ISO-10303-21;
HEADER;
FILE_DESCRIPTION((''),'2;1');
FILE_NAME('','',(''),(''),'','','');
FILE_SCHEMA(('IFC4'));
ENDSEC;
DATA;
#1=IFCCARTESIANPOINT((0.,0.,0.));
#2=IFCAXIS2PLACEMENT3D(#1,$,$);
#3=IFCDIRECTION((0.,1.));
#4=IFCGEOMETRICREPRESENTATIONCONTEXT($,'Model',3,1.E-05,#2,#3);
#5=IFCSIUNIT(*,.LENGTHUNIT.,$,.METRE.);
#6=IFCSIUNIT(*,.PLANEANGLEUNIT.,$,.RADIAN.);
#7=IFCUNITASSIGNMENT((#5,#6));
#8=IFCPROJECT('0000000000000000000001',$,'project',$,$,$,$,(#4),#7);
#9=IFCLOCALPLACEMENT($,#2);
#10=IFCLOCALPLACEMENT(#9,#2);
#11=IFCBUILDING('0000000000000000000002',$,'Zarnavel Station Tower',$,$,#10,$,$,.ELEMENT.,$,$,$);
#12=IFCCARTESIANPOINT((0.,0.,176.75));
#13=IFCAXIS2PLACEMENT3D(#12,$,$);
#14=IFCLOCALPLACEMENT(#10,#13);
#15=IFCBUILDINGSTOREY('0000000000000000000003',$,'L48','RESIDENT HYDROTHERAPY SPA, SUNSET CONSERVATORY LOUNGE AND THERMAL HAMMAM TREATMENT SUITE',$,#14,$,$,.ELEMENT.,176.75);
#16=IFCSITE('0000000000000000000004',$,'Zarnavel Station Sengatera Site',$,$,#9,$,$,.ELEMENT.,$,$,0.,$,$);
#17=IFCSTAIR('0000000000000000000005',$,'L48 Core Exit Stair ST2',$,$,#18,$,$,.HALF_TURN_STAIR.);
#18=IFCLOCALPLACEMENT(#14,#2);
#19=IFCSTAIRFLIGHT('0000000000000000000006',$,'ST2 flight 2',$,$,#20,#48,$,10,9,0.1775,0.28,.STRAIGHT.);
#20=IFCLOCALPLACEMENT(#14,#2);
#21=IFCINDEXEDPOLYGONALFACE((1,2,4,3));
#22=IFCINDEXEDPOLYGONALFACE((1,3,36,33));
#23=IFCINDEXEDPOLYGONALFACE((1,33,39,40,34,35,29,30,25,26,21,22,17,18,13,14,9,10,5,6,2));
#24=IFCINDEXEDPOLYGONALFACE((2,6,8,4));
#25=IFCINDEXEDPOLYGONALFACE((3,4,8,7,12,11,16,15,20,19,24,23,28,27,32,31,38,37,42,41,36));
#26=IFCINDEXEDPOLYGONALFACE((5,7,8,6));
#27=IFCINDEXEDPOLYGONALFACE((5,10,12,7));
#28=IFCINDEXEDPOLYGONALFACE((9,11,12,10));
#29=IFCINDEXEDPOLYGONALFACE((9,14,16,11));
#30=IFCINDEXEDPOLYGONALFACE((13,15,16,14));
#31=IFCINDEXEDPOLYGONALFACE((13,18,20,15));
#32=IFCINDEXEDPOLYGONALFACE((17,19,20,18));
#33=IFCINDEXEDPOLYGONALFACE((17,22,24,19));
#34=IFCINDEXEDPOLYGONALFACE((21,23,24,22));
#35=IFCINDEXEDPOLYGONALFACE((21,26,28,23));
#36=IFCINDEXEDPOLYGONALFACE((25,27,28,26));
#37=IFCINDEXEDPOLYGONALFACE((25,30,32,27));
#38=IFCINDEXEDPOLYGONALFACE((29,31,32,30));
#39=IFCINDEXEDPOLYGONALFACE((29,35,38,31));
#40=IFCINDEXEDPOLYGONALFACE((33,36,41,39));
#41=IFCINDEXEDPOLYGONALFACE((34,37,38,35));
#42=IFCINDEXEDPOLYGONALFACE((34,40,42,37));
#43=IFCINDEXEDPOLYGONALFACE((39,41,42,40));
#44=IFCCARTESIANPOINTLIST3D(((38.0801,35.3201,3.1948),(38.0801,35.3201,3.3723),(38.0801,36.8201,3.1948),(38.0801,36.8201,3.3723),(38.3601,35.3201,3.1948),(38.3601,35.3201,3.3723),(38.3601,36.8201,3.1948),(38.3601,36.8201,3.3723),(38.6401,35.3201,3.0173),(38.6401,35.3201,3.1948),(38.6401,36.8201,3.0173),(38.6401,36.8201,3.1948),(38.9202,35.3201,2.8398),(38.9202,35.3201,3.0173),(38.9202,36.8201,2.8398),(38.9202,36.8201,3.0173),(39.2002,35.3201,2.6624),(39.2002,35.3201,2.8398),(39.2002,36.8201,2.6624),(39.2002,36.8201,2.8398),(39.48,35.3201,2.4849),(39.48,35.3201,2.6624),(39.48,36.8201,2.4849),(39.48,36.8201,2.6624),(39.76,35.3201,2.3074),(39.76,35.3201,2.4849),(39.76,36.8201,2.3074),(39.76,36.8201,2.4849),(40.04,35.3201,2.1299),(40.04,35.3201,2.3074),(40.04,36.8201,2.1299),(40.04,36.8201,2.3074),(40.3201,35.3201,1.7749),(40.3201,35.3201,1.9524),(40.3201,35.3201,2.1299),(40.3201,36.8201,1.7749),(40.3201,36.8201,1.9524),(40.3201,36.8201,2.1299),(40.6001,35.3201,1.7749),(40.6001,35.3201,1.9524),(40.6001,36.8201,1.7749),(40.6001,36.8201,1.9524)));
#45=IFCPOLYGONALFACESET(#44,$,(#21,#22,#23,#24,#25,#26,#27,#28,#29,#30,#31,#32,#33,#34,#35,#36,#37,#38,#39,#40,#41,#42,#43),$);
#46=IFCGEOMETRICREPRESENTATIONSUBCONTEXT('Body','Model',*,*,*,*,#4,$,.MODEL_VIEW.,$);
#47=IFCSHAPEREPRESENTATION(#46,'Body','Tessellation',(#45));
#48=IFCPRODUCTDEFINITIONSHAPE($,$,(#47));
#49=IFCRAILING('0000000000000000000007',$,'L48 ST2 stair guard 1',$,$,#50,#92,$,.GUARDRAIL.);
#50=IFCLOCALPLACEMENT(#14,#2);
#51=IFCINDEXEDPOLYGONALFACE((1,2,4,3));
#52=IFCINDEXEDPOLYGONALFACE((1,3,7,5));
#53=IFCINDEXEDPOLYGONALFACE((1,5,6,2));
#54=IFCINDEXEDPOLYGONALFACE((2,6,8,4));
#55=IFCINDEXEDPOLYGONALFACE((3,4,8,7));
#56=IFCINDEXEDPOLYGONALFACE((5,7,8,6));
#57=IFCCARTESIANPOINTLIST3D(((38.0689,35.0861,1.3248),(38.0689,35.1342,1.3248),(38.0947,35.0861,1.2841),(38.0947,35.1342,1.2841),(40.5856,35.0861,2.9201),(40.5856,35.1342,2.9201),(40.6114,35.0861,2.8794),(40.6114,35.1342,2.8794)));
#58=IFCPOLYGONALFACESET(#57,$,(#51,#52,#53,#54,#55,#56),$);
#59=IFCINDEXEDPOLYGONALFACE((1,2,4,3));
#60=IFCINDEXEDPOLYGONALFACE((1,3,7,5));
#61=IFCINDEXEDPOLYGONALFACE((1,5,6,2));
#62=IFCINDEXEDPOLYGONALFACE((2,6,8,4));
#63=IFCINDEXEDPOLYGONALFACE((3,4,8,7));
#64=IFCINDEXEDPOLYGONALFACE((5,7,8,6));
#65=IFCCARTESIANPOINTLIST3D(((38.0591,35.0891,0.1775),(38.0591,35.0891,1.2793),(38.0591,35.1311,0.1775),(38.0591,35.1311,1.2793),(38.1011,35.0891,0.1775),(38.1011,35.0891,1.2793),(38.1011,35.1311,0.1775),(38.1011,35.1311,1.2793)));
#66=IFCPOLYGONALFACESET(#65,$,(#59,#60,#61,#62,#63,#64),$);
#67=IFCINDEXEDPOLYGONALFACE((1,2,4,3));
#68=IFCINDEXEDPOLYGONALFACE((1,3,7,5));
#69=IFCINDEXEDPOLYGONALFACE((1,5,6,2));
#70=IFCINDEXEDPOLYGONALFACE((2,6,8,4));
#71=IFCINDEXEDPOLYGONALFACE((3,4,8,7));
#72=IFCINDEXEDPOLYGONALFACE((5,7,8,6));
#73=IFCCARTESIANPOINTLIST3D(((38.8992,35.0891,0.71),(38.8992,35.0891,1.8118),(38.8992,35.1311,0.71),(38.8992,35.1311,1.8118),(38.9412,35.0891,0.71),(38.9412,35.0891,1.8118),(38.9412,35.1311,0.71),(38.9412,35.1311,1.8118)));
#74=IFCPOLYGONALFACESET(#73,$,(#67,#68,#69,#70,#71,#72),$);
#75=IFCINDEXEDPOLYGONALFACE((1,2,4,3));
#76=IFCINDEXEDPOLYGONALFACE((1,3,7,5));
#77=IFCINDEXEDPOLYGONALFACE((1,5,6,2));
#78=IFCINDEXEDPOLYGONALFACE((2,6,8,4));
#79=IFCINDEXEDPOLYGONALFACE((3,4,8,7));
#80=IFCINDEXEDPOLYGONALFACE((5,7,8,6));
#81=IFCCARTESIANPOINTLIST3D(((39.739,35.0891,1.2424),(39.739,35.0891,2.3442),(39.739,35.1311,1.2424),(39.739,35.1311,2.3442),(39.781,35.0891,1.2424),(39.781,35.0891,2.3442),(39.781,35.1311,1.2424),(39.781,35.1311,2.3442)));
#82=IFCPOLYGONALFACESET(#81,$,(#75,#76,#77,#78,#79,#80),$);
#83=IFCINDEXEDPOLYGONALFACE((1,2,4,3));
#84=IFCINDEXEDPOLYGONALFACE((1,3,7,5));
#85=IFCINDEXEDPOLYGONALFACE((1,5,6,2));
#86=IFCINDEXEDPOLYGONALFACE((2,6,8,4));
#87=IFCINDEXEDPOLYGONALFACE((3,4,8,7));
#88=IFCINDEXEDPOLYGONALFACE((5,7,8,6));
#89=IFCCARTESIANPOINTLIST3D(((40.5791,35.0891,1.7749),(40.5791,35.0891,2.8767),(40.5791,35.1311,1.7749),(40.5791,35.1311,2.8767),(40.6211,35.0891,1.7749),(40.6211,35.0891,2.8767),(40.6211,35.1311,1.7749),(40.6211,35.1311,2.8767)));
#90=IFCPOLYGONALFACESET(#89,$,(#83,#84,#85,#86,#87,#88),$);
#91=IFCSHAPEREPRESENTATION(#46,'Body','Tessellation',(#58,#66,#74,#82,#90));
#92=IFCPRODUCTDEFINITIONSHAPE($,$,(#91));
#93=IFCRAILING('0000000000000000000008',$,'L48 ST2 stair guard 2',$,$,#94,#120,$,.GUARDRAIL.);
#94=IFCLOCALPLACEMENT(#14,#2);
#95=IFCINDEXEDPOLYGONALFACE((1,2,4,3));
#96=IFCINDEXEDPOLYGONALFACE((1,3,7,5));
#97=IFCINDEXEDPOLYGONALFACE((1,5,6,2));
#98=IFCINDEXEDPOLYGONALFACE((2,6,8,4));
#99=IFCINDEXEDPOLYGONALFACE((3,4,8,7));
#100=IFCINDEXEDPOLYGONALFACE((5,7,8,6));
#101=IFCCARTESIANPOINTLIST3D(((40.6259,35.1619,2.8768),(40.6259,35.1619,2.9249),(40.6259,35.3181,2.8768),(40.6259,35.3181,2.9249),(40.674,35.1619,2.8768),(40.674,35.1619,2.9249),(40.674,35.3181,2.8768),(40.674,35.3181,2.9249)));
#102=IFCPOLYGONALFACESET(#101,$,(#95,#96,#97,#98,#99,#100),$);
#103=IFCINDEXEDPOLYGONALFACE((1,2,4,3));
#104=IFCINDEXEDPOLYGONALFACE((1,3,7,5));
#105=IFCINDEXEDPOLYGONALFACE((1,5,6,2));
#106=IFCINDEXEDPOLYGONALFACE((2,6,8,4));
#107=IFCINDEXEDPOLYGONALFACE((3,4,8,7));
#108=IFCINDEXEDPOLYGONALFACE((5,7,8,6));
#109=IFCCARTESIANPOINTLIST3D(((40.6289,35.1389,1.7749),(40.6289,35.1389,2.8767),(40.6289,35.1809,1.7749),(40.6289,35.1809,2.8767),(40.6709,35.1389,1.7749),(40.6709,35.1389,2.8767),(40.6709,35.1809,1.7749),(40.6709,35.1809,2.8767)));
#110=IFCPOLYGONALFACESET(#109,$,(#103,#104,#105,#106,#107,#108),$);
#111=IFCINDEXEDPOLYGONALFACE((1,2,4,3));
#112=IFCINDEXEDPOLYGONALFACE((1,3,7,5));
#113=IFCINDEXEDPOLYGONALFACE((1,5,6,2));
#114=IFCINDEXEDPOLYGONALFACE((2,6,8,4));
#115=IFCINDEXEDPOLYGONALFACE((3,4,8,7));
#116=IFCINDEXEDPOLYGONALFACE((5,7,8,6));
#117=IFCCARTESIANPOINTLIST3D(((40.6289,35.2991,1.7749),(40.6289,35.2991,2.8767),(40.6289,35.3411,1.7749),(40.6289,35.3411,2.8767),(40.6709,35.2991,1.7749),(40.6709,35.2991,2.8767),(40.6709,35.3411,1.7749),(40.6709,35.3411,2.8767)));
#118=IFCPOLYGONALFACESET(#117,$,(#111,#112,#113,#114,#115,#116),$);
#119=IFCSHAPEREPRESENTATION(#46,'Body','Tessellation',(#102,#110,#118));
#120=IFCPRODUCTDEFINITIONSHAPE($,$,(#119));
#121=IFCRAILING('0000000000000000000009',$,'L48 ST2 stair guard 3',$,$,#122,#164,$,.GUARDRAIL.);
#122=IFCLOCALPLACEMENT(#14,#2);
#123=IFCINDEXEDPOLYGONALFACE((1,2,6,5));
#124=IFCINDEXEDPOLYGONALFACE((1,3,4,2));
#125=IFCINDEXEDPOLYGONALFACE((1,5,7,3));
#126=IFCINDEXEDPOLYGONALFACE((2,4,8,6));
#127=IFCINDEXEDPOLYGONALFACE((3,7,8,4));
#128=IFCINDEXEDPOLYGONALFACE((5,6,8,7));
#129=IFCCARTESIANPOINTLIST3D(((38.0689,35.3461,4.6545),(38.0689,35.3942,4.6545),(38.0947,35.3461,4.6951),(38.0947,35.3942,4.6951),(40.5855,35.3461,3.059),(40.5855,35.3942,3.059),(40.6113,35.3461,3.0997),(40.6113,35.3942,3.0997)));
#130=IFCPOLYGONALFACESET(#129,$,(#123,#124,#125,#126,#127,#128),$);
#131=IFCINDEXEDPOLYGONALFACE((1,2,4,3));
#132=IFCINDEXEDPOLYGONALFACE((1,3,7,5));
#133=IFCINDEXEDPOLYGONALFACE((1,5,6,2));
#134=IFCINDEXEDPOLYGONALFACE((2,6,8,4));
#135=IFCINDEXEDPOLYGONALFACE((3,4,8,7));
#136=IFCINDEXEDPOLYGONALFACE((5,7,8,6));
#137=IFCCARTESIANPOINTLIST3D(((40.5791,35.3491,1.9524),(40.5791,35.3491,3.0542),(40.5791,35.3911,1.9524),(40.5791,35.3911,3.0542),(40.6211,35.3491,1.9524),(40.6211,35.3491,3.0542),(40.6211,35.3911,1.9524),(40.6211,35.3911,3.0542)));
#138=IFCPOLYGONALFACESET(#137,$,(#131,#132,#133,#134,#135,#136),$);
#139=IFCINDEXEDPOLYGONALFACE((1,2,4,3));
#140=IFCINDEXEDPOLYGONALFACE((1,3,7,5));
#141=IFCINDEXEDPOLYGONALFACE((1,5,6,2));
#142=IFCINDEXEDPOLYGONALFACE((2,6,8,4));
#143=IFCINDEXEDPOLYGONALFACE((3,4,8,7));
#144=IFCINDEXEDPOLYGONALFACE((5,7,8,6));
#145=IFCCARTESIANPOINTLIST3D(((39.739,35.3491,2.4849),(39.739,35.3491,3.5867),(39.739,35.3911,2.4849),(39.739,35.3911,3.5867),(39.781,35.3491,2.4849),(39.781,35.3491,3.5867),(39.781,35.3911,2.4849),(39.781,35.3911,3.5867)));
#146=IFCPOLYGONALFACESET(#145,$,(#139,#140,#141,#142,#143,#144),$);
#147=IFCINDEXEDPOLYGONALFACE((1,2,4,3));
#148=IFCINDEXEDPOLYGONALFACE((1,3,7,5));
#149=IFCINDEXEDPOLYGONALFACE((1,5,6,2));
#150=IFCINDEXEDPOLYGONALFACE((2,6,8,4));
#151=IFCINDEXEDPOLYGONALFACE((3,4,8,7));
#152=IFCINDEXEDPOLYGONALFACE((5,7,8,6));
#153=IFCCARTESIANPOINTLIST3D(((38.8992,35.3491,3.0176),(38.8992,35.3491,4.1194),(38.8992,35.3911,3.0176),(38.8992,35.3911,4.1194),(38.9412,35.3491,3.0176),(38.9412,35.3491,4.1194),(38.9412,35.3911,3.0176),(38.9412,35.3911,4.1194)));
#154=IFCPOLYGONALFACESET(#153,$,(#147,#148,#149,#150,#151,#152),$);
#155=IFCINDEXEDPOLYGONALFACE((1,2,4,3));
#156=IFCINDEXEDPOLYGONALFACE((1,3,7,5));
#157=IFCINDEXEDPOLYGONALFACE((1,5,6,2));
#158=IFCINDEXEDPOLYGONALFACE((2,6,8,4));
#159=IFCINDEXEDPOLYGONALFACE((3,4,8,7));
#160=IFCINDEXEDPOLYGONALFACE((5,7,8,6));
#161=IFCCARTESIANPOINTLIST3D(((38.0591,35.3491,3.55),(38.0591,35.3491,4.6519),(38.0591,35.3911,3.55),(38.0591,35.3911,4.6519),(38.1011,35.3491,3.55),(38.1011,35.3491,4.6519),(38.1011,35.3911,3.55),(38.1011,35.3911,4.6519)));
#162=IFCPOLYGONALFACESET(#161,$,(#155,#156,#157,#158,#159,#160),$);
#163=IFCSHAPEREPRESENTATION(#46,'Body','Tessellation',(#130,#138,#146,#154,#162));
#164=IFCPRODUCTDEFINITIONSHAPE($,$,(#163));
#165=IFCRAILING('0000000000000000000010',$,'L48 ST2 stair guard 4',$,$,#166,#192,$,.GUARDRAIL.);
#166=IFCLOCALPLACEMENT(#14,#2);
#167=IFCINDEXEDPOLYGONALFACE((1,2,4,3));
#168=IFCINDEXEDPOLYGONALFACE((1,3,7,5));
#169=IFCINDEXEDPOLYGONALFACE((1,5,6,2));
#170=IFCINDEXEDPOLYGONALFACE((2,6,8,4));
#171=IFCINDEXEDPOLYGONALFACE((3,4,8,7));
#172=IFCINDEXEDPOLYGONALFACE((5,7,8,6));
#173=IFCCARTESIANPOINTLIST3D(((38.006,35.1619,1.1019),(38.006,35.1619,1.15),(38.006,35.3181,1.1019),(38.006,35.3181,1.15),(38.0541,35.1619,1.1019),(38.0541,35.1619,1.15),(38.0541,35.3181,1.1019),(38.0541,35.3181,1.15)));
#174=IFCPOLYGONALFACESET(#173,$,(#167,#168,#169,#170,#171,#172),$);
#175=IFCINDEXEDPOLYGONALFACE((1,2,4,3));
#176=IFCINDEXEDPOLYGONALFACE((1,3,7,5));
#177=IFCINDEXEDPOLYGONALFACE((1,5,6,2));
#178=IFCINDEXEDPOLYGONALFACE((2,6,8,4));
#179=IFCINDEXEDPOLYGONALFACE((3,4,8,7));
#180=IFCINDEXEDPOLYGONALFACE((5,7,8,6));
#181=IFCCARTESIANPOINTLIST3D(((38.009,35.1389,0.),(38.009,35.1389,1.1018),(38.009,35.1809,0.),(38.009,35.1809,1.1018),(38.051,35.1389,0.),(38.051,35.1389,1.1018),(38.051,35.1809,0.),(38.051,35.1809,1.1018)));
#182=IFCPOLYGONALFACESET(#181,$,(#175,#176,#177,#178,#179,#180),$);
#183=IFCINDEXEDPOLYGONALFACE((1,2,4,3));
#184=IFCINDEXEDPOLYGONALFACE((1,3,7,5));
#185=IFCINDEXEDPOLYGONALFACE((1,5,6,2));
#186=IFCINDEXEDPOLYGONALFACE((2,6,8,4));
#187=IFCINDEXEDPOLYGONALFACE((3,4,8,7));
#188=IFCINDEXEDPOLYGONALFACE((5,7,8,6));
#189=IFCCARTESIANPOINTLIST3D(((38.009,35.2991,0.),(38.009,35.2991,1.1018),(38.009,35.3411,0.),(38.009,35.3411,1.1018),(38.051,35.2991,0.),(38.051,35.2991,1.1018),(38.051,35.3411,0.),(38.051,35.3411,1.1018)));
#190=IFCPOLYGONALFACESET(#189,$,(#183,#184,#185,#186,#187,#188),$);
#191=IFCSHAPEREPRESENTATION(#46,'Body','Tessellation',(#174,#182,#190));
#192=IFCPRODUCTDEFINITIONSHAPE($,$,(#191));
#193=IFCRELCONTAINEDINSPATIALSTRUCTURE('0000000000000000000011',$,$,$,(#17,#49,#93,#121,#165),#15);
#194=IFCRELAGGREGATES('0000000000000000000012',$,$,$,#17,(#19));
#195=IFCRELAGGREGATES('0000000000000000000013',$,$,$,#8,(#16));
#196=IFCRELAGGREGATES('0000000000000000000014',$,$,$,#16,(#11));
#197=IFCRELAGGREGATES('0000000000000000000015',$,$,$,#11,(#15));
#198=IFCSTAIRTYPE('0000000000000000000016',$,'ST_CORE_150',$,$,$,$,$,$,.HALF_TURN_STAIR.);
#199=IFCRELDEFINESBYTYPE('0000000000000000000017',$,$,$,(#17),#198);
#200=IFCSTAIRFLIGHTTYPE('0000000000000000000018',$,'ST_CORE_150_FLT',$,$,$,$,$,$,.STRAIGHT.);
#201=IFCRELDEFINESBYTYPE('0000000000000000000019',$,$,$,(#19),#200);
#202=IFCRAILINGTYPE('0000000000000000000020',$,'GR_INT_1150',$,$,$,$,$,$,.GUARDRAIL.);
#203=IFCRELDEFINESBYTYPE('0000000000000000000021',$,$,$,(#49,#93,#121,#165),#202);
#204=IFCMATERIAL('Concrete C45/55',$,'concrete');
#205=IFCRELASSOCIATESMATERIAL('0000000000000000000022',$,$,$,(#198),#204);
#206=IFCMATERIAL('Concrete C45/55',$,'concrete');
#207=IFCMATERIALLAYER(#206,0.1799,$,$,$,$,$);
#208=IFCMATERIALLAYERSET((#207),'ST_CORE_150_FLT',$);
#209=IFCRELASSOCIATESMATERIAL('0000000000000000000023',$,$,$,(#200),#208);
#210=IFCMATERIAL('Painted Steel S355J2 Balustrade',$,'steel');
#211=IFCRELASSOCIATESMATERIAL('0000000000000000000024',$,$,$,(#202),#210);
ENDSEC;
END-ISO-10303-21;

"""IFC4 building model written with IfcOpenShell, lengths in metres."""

from ifc_helpers import new_model, si_unit, direction, frame, origin, origin_2d, place, context, subcontext, project, spatial, polyline, rectangle, outline, extrude, material, layer, layer_set, type_object, element, aggregate, save


model = new_model("IFC4")

# Units and contexts
model_context = context("Model", 3, precision=1e-05, world=origin(), true_north=direction((0.0, 1.0)))
body_context = subcontext(model_context, "Body", "Model", "MODEL_VIEW")
ifc_project = project(units=[si_unit("LENGTHUNIT", "METRE"), si_unit("PLANEANGLEUNIT", "RADIAN")], contexts=[model_context])

# Site, building, storey
site_placement = place(None, origin())
site = spatial("IfcSite", under=ifc_project, at=site_placement, Name="Zarnavel Station Sengatera Site", CompositionType="ELEMENT", RefElevation=0.0)
building_placement = place(site_placement, origin())
building = spatial("IfcBuilding", under=site, at=building_placement, Name="Zarnavel Station Tower", CompositionType="ELEMENT")
storey_placement = place(building_placement, frame((0.0, 0.0, 176.75)))
storey = spatial("IfcBuildingStorey", under=building, at=storey_placement, Name="L48", Description="RESIDENT HYDROTHERAPY SPA, SUNSET CONSERVATORY LOUNGE AND THERMAL HAMMAM TREATMENT SUITE", CompositionType="ELEMENT", Elevation=176.75)

# Stair, stair flight
ifc_material_1 = material(Name="Concrete C45/55", Category="concrete")
stair_type = type_object("IfcStairType", Name="ST_CORE_150", PredefinedType="HALF_TURN_STAIR", material=ifc_material_1)
stair_placement = place(storey_placement, origin())
stair = element("IfcStair", 1, at=stair_placement, inside=storey, type_object=stair_type, Name="L48 Core Exit Stair ST2", PredefinedType="HALF_TURN_STAIR")
ifc_material_2 = material(Name="Concrete C45/55", Category="concrete")
ifc_layer_1 = layer(ifc_material_2, 0.1799)
ifc_layer_set_1 = layer_set([ifc_layer_1], Name="ST_CORE_150_FLT")
stair_flight_type = type_object("IfcStairFlightType", Name="ST_CORE_150_FLT", PredefinedType="STRAIGHT", material=ifc_layer_set_1)
stair_flight_1_placement = place(storey_placement, frame((40.6001, 36.0701, 1.7749), z_axis=(0.0, 0.0, 1.0), x_axis=(-1.0, 0.0, 0.0)))
stair_flight_1 = element("IfcStairFlight", 2, at=stair_flight_1_placement, type_object=stair_flight_type, Name="ST2 flight 2", NumberOfRisers=10, NumberOfTreads=9, PredefinedType="STRAIGHT", RiserHeight=0.1775, TreadLength=0.28, context=body_context, shape_type="SweptSolid", body=[
    extrude(outline(polyline([(0.0, 0.0), (0.0, 0.1775), (0.28, 0.1775), (0.28, 0.355), (0.5601, 0.355), (0.5601, 0.5325), (0.8401, 0.5325), (0.8401, 0.71), (1.1201, 0.71), (1.1201, 0.8875), (1.3999, 0.8875), (1.3999, 1.0649), (1.6799, 1.0649), (1.6799, 1.2424), (1.96, 1.2424), (1.96, 1.4199), (2.24, 1.4199), (2.24, 1.5974), (2.52, 1.5974), (2.52, 1.7749), (2.52, 1.4199), (0.28, 0.0), (0.0, 0.0)])), frame((0.0, 0.75, 0.0), z_axis=(0.0, -1.0, 0.0), x_axis=(1.0, 0.0, 0.0)), (0.0, 0.0, 1.0), 1.5),
])
aggregate(stair, [stair_flight_1])

# Railings
ifc_material_3 = material(Name="Painted Steel S355J2 Balustrade", Category="steel")
railing_type_1 = type_object("IfcRailingType", Name="GR_INT_1150", PredefinedType="GUARDRAIL", material=ifc_material_3)
railing_1_placement = place(storey_placement, frame((38.0801, 35.1101, 0.1775)))
element("IfcRailing", 3, at=railing_1_placement, inside=storey, type_object=railing_type_1, Name="L48 ST2 stair guard 1", PredefinedType="GUARDRAIL", context=body_context, shape_type="SweptSolid", body=[
    extrude(rectangle(XDim=0.0481, YDim=0.0481, at=origin_2d()), frame((0.0017, 0.0, 1.127), z_axis=(0.844607, 0.0, 0.535387), x_axis=(0.0, 1.0, 0.0)), (0.0, 0.0, 1.0), 2.9797),
    extrude(rectangle(XDim=0.042, YDim=0.042, at=origin_2d()), origin(), (0.0, 0.0, 1.0), 1.1018),
    extrude(rectangle(XDim=0.042, YDim=0.042, at=origin_2d()), frame((0.8401, 0.0, 0.5325)), (0.0, 0.0, 1.0), 1.1018),
    extrude(rectangle(XDim=0.042, YDim=0.042, at=origin_2d()), frame((1.6799, 0.0, 1.0649)), (0.0, 0.0, 1.0), 1.1018),
    extrude(rectangle(XDim=0.042, YDim=0.042, at=origin_2d()), frame((2.52, 0.0, 1.5974)), (0.0, 0.0, 1.0), 1.1018),
])
railing_2_placement = place(storey_placement, frame((40.6499, 35.1599, 1.7749)))
element("IfcRailing", 4, at=railing_2_placement, inside=storey, type_object=railing_type_1, Name="L48 ST2 stair guard 2", PredefinedType="GUARDRAIL", context=body_context, shape_type="SweptSolid", body=[
    extrude(rectangle(XDim=0.0481, YDim=0.0481, at=origin_2d()), frame((0.0, 0.002, 1.126), z_axis=(0.0, 1.0, 0.0), x_axis=(-1.0, 0.0, 0.0)), (0.0, 0.0, 1.0), 0.1562),
    extrude(rectangle(XDim=0.042, YDim=0.042, at=origin_2d()), origin(), (0.0, 0.0, 1.0), 1.1018),
    extrude(rectangle(XDim=0.042, YDim=0.042, at=origin_2d()), frame((0.0, 0.1602, 0.0)), (0.0, 0.0, 1.0), 1.1018),
])
railing_3_placement = place(storey_placement, frame((40.6001, 35.3701, 1.9524)))
element("IfcRailing", 5, at=railing_3_placement, inside=storey, type_object=railing_type_1, Name="L48 ST2 stair guard 3", PredefinedType="GUARDRAIL", context=body_context, shape_type="SweptSolid", body=[
    extrude(rectangle(XDim=0.0481, YDim=0.0481, at=origin_2d()), frame((-0.0017, 0.0, 1.127), z_axis=(-0.84457, 0.0, 0.535445), x_axis=(0.0, -1.0, 0.0)), (0.0, 0.0, 1.0), 2.9797),
    extrude(rectangle(XDim=0.042, YDim=0.042, at=origin_2d()), origin(), (0.0, 0.0, 1.0), 1.1018),
    extrude(rectangle(XDim=0.042, YDim=0.042, at=origin_2d()), frame((-0.8401, 0.0, 0.5325)), (0.0, 0.0, 1.0), 1.1018),
    extrude(rectangle(XDim=0.042, YDim=0.042, at=origin_2d()), frame((-1.6799, 0.0, 1.0652)), (0.0, 0.0, 1.0), 1.1018),
    extrude(rectangle(XDim=0.042, YDim=0.042, at=origin_2d()), frame((-2.52, 0.0, 1.5977)), (0.0, 0.0, 1.0), 1.1018),
])
railing_4_placement = place(storey_placement, frame((38.03, 35.1599, 0.0)))
element("IfcRailing", 6, at=railing_4_placement, inside=storey, type_object=railing_type_1, Name="L48 ST2 stair guard 4", PredefinedType="GUARDRAIL", context=body_context, shape_type="SweptSolid", body=[
    extrude(rectangle(XDim=0.0481, YDim=0.0481, at=origin_2d()), frame((0.0, 0.002, 1.126), z_axis=(0.0, 1.0, 0.0), x_axis=(-1.0, 0.0, 0.0)), (0.0, 0.0, 1.0), 0.1562),
    extrude(rectangle(XDim=0.042, YDim=0.042, at=origin_2d()), origin(), (0.0, 0.0, 1.0), 1.1018),
    extrude(rectangle(XDim=0.042, YDim=0.042, at=origin_2d()), frame((0.0, 0.1602, 0.0)), (0.0, 0.0, 1.0), 1.1018),
])

save(model, "model.ifc")
